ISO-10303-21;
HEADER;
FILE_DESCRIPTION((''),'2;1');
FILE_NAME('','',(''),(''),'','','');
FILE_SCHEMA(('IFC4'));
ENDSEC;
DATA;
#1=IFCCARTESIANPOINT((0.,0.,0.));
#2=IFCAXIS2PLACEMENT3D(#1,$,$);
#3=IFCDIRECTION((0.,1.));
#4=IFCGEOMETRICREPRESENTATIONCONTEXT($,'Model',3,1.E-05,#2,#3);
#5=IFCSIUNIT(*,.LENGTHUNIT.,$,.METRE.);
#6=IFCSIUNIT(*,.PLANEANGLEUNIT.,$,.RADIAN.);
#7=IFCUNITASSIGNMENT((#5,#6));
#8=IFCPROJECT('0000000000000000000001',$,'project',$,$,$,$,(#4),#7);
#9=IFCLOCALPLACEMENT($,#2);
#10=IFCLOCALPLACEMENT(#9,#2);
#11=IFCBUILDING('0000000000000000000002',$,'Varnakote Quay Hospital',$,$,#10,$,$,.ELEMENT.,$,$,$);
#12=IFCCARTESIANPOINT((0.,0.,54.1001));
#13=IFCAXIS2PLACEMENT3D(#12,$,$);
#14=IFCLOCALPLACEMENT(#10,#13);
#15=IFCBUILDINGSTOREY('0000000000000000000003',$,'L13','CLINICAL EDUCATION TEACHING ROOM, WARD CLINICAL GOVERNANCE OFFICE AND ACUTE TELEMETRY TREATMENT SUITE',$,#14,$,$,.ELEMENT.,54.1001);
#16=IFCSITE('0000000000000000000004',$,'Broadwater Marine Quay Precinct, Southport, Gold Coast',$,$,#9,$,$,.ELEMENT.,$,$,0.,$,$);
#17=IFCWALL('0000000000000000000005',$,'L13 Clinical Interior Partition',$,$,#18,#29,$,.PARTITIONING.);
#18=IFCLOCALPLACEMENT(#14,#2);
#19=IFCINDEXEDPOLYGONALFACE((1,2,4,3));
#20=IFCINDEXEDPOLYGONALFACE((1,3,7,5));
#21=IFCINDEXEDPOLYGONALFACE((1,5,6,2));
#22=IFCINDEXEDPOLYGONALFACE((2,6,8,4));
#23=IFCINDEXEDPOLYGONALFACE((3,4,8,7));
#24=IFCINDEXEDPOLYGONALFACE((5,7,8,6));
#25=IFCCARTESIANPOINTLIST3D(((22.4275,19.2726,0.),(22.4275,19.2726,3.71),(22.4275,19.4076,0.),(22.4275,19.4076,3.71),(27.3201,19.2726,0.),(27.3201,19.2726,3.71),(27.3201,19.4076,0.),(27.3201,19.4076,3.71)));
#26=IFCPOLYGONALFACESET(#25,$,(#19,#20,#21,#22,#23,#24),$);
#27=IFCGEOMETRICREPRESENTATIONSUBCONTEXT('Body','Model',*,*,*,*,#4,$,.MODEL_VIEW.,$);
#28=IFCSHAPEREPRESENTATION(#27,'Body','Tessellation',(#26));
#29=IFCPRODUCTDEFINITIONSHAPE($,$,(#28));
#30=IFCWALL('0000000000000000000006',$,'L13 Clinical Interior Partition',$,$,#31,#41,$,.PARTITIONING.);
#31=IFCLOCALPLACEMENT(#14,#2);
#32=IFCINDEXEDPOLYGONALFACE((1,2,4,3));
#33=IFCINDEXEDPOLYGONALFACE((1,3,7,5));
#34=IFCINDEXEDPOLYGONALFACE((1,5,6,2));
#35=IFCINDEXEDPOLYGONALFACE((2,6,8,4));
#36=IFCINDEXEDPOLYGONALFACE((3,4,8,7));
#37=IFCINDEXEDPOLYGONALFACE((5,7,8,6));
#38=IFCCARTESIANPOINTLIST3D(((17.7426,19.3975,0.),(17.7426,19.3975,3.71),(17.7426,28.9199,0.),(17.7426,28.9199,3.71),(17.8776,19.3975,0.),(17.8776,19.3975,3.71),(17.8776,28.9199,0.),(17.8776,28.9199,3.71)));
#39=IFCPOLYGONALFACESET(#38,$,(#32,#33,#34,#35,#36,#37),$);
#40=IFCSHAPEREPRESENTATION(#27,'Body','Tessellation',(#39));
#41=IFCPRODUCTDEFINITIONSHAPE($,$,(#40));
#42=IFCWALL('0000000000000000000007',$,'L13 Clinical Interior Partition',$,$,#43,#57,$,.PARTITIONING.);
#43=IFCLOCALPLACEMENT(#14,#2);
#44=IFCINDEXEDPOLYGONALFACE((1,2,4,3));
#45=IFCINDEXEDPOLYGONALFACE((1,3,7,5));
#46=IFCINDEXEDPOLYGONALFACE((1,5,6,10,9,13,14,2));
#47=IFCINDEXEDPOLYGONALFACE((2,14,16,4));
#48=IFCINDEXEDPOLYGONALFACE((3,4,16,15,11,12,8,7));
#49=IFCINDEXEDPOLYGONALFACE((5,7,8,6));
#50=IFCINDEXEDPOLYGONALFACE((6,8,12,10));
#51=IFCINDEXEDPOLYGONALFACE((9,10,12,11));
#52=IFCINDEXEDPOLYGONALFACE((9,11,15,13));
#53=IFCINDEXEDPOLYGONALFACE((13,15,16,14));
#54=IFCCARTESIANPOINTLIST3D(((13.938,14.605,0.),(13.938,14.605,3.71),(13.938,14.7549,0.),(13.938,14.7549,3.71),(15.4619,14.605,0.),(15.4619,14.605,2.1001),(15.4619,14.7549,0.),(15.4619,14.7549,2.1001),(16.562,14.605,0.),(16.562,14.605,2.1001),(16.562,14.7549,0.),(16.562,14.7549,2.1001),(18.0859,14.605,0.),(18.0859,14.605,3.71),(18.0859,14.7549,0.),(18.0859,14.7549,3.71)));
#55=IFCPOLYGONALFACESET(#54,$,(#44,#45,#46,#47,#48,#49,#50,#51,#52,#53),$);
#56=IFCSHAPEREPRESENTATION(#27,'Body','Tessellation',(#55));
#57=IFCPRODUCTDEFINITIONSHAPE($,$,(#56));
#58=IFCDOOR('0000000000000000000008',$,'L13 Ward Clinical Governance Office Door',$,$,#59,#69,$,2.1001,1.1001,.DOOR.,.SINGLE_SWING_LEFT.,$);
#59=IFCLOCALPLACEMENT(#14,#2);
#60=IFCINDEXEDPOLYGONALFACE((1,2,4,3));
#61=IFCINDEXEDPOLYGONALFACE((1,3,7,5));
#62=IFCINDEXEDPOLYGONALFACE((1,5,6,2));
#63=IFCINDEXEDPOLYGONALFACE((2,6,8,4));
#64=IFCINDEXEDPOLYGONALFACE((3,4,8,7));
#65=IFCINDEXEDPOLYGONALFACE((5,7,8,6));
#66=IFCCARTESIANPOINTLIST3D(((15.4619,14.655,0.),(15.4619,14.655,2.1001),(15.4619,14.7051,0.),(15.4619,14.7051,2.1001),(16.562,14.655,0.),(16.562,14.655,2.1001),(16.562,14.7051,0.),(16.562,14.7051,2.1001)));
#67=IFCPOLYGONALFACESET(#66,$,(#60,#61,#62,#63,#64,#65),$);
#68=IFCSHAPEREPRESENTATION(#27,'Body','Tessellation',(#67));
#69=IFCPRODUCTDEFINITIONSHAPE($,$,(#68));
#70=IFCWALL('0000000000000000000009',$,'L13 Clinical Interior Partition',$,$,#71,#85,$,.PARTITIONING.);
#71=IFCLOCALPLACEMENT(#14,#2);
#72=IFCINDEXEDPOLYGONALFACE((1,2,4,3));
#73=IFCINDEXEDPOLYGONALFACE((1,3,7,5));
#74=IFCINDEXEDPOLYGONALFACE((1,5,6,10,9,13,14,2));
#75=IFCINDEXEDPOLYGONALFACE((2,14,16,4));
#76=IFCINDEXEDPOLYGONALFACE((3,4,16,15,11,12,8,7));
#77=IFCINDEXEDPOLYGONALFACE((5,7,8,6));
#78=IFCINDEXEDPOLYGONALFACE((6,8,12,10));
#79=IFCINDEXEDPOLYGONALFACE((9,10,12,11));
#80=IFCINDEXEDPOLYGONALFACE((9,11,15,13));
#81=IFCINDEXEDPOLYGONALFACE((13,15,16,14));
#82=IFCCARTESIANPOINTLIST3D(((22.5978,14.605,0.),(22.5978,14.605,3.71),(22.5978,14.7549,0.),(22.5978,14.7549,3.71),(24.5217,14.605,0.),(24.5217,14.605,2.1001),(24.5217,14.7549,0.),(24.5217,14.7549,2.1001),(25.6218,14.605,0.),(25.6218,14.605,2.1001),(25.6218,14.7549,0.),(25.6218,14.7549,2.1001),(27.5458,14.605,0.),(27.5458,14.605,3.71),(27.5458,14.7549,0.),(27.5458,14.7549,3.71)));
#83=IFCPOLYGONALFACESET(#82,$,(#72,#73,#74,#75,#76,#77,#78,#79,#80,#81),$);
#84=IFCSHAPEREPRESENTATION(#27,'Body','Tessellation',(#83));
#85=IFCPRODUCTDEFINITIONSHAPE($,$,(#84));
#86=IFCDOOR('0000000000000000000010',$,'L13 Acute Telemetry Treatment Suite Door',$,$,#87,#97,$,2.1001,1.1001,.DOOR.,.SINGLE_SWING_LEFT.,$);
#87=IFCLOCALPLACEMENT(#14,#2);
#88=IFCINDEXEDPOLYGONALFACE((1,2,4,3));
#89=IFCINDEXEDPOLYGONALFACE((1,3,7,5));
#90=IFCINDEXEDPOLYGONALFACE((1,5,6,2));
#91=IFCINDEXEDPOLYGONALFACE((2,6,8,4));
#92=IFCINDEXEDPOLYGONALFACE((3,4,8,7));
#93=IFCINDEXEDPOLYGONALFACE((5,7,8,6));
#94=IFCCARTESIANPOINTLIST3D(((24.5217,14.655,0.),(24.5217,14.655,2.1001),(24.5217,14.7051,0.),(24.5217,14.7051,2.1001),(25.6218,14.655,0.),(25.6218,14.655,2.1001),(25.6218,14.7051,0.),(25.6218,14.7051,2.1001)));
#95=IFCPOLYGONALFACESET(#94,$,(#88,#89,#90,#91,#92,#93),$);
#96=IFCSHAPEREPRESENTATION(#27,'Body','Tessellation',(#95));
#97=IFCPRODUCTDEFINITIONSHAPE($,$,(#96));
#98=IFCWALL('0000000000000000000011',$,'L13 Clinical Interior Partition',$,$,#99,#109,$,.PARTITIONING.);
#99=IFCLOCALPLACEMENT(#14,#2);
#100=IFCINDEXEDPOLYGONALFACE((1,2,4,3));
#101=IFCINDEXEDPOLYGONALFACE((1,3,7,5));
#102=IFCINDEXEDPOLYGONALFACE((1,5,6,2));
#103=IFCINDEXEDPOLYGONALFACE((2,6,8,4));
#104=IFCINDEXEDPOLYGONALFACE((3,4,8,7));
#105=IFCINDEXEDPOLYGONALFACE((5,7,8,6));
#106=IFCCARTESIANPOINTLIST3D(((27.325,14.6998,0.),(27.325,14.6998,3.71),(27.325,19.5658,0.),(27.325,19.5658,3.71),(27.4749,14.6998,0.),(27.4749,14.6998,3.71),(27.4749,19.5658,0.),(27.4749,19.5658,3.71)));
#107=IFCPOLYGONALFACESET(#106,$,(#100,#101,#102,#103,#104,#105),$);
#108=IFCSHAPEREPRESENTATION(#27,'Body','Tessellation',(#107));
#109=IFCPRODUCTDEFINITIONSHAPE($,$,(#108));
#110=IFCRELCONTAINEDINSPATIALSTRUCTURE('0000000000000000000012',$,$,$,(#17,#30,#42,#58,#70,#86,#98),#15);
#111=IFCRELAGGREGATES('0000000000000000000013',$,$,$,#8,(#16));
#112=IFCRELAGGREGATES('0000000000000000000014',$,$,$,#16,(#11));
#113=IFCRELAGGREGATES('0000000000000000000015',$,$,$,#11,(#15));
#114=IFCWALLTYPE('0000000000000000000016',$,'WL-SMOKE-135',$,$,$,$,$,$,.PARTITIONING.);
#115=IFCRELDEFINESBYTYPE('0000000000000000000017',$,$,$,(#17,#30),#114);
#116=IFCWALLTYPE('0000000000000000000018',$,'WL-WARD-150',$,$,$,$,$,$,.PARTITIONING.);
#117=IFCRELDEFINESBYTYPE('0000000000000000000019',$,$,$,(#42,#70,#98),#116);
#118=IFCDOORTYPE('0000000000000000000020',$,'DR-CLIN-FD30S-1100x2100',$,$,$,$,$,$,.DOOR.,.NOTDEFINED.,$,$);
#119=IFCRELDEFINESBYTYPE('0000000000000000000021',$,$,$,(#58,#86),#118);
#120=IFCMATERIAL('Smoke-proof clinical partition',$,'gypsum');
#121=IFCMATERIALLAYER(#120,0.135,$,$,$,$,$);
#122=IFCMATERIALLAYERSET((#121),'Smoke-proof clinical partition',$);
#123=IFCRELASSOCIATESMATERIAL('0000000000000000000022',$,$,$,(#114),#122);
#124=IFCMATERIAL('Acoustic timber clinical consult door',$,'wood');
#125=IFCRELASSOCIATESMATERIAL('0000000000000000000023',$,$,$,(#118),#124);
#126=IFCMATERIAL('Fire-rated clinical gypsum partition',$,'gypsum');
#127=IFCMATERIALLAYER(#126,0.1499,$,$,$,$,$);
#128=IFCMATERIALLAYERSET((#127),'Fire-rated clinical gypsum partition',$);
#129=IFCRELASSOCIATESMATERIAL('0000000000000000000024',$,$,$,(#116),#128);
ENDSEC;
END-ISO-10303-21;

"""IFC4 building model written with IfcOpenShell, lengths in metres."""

from ifc_helpers import new_model, si_unit, direction, frame, frame_2d, origin, place, context, subcontext, project, spatial, rectangle, extrude, material, layer, layer_set, type_object, element, fill, save


model = new_model("IFC4")

# Units and contexts
model_context = context("Model", 3, precision=1e-05, world=origin(), true_north=direction((0.0, 1.0)))
body_context = subcontext(model_context, "Body", "Model", "MODEL_VIEW")
ifc_project = project(units=[si_unit("LENGTHUNIT", "METRE"), si_unit("PLANEANGLEUNIT", "RADIAN")], contexts=[model_context])

# Site, building, storey
site_placement = place(None, origin())
site = spatial("IfcSite", under=ifc_project, at=site_placement, Name="Broadwater Marine Quay Precinct, Southport, Gold Coast", CompositionType="ELEMENT", RefElevation=0.0)
building_placement = place(site_placement, origin())
building = spatial("IfcBuilding", under=site, at=building_placement, Name="Varnakote Quay Hospital", CompositionType="ELEMENT")
storey_placement = place(building_placement, frame((0.0, 0.0, 54.1001)))
storey = spatial("IfcBuildingStorey", under=building, at=storey_placement, Name="L13", Description="CLINICAL EDUCATION TEACHING ROOM, WARD CLINICAL GOVERNANCE OFFICE AND ACUTE TELEMETRY TREATMENT SUITE", CompositionType="ELEMENT", Elevation=54.1001)

# Shared definitions
ifc_material_1 = material(Name="Smoke-proof clinical partition", Category="gypsum")
ifc_layer_1 = layer(ifc_material_1, 0.135)
ifc_layer_set_1 = layer_set([ifc_layer_1], Name="Smoke-proof clinical partition")
wall_type_1 = type_object("IfcWallType", Name="WL-SMOKE-135", PredefinedType="PARTITIONING", material=ifc_layer_set_1)

# Shared definitions
ifc_material_2 = material(Name="Acoustic timber clinical consult door", Category="wood")
door_type_1 = type_object("IfcDoorType", Name="DR-CLIN-FD30S-1100x2100", OperationType="NOTDEFINED", PredefinedType="DOOR", material=ifc_material_2)

# Walls
wall_1_placement = place(storey_placement, frame((27.3201, 19.3401, 0.0), z_axis=(0.0, 0.0, 1.0), x_axis=(-1.0, 0.0, 0.0)))
element("IfcWall", 1, at=wall_1_placement, inside=storey, type_object=wall_type_1, Name="L13 Clinical Interior Partition", PredefinedType="PARTITIONING", context=body_context, shape_type="SweptSolid", body=[
    extrude(rectangle(XDim=4.8926, YDim=0.135, at=frame_2d((2.4463, 0.0))), origin(), (0.0, 0.0, 1.0), 3.71),
])
wall_2_placement = place(storey_placement, frame((17.8101, 19.3975, 0.0), z_axis=(0.0, 0.0, 1.0), x_axis=(0.0, 1.0, 0.0)))
element("IfcWall", 2, at=wall_2_placement, inside=storey, type_object=wall_type_1, Name="L13 Clinical Interior Partition", PredefinedType="PARTITIONING", context=body_context, shape_type="SweptSolid", body=[
    extrude(rectangle(XDim=9.5225, YDim=0.135, at=frame_2d((4.7612, 0.0))), origin(), (0.0, 0.0, 1.0), 3.71),
])

# Walls, openings, doors
ifc_material_3 = material(Name="Fire-rated clinical gypsum partition", Category="gypsum")
ifc_layer_2 = layer(ifc_material_3, 0.1499)
ifc_layer_set_2 = layer_set([ifc_layer_2], Name="Fire-rated clinical gypsum partition")
wall_type_2 = type_object("IfcWallType", Name="WL-WARD-150", PredefinedType="PARTITIONING", material=ifc_layer_set_2)
wall_3_placement = place(storey_placement, frame((18.0859, 14.6799, 0.0), z_axis=(0.0, 0.0, 1.0), x_axis=(-1.0, 0.0, 0.0)))
wall_3 = element("IfcWall", 3, at=wall_3_placement, inside=storey, type_object=wall_type_2, Name="L13 Clinical Interior Partition", PredefinedType="PARTITIONING", context=body_context, shape_type="SweptSolid", body=[
    extrude(rectangle(XDim=4.1479, YDim=0.1499, at=frame_2d((2.074, 0.0))), origin(), (0.0, 0.0, 1.0), 3.71),
])
opening_1_placement = place(wall_3_placement, frame((1.5239, 0.0, 0.0)))
opening_1 = element("IfcOpeningElement", 4, at=opening_1_placement, cuts=wall_3, PredefinedType="OPENING", context=body_context, shape_type="SweptSolid", body=[
    extrude(rectangle(XDim=1.1001, YDim=2.1001, at=frame_2d((0.55, 1.05))), frame((0.0, 0.085, 0.0), z_axis=(0.0, -1.0, 0.0), x_axis=(1.0, 0.0, 0.0)), (0.0, 0.0, 1.0), 0.1699),
])
door_1_placement = place(opening_1_placement, origin())
door_1 = element("IfcDoor", 5, at=door_1_placement, inside=storey, type_object=door_type_1, Name="L13 Ward Clinical Governance Office Door", OperationType="SINGLE_SWING_LEFT", OverallHeight=2.1001, OverallWidth=1.1001, PredefinedType="DOOR", context=body_context, shape_type="SweptSolid", body=[
    extrude(rectangle(XDim=1.1001, YDim=2.1001, at=frame_2d((0.55, 1.05))), frame((0.0, 0.0249, 0.0), z_axis=(0.0, -1.0, 0.0), x_axis=(1.0, 0.0, 0.0)), (0.0, 0.0, 1.0), 0.05),
])
fill(opening_1, door_1)
wall_4_placement = place(storey_placement, frame((27.5459, 14.6799, 0.0), z_axis=(0.0, 0.0, 1.0), x_axis=(-1.0, 0.0, 0.0)))
wall_4 = element("IfcWall", 6, at=wall_4_placement, inside=storey, type_object=wall_type_2, Name="L13 Clinical Interior Partition", PredefinedType="PARTITIONING", context=body_context, shape_type="SweptSolid", body=[
    extrude(rectangle(XDim=4.948, YDim=0.1499, at=frame_2d((2.4741, 0.0))), origin(), (0.0, 0.0, 1.0), 3.71),
])
opening_2_placement = place(wall_4_placement, frame((1.9241, 0.0, 0.0)))
opening_2 = element("IfcOpeningElement", 7, at=opening_2_placement, cuts=wall_4, PredefinedType="OPENING", context=body_context, shape_type="SweptSolid", body=[
    extrude(rectangle(XDim=1.1001, YDim=2.1001, at=frame_2d((0.55, 1.05))), frame((0.0, 0.085, 0.0), z_axis=(0.0, -1.0, 0.0), x_axis=(1.0, 0.0, 0.0)), (0.0, 0.0, 1.0), 0.1699),
])
door_2_placement = place(opening_2_placement, origin())
door_2 = element("IfcDoor", 8, at=door_2_placement, inside=storey, type_object=door_type_1, Name="L13 Acute Telemetry Treatment Suite Door", OperationType="SINGLE_SWING_LEFT", OverallHeight=2.1001, OverallWidth=1.1001, PredefinedType="DOOR", context=body_context, shape_type="SweptSolid", body=[
    extrude(rectangle(XDim=1.1001, YDim=2.1001, at=frame_2d((0.55, 1.05))), frame((0.0, 0.0249, 0.0), z_axis=(0.0, -1.0, 0.0), x_axis=(1.0, 0.0, 0.0)), (0.0, 0.0, 1.0), 0.05),
])
fill(opening_2, door_2)

# Wall
wall_5_placement = place(storey_placement, frame((27.3999, 19.5659, 0.0), z_axis=(0.0, 0.0, 1.0), x_axis=(0.0, -1.0, 0.0)))
element("IfcWall", 9, at=wall_5_placement, inside=storey, type_object=wall_type_2, Name="L13 Clinical Interior Partition", PredefinedType="PARTITIONING", context=body_context, shape_type="SweptSolid", body=[
    extrude(rectangle(XDim=4.866, YDim=0.1499, at=frame_2d((2.4331, 0.0))), origin(), (0.0, 0.0, 1.0), 3.71),
])

save(model, "model.ifc")
